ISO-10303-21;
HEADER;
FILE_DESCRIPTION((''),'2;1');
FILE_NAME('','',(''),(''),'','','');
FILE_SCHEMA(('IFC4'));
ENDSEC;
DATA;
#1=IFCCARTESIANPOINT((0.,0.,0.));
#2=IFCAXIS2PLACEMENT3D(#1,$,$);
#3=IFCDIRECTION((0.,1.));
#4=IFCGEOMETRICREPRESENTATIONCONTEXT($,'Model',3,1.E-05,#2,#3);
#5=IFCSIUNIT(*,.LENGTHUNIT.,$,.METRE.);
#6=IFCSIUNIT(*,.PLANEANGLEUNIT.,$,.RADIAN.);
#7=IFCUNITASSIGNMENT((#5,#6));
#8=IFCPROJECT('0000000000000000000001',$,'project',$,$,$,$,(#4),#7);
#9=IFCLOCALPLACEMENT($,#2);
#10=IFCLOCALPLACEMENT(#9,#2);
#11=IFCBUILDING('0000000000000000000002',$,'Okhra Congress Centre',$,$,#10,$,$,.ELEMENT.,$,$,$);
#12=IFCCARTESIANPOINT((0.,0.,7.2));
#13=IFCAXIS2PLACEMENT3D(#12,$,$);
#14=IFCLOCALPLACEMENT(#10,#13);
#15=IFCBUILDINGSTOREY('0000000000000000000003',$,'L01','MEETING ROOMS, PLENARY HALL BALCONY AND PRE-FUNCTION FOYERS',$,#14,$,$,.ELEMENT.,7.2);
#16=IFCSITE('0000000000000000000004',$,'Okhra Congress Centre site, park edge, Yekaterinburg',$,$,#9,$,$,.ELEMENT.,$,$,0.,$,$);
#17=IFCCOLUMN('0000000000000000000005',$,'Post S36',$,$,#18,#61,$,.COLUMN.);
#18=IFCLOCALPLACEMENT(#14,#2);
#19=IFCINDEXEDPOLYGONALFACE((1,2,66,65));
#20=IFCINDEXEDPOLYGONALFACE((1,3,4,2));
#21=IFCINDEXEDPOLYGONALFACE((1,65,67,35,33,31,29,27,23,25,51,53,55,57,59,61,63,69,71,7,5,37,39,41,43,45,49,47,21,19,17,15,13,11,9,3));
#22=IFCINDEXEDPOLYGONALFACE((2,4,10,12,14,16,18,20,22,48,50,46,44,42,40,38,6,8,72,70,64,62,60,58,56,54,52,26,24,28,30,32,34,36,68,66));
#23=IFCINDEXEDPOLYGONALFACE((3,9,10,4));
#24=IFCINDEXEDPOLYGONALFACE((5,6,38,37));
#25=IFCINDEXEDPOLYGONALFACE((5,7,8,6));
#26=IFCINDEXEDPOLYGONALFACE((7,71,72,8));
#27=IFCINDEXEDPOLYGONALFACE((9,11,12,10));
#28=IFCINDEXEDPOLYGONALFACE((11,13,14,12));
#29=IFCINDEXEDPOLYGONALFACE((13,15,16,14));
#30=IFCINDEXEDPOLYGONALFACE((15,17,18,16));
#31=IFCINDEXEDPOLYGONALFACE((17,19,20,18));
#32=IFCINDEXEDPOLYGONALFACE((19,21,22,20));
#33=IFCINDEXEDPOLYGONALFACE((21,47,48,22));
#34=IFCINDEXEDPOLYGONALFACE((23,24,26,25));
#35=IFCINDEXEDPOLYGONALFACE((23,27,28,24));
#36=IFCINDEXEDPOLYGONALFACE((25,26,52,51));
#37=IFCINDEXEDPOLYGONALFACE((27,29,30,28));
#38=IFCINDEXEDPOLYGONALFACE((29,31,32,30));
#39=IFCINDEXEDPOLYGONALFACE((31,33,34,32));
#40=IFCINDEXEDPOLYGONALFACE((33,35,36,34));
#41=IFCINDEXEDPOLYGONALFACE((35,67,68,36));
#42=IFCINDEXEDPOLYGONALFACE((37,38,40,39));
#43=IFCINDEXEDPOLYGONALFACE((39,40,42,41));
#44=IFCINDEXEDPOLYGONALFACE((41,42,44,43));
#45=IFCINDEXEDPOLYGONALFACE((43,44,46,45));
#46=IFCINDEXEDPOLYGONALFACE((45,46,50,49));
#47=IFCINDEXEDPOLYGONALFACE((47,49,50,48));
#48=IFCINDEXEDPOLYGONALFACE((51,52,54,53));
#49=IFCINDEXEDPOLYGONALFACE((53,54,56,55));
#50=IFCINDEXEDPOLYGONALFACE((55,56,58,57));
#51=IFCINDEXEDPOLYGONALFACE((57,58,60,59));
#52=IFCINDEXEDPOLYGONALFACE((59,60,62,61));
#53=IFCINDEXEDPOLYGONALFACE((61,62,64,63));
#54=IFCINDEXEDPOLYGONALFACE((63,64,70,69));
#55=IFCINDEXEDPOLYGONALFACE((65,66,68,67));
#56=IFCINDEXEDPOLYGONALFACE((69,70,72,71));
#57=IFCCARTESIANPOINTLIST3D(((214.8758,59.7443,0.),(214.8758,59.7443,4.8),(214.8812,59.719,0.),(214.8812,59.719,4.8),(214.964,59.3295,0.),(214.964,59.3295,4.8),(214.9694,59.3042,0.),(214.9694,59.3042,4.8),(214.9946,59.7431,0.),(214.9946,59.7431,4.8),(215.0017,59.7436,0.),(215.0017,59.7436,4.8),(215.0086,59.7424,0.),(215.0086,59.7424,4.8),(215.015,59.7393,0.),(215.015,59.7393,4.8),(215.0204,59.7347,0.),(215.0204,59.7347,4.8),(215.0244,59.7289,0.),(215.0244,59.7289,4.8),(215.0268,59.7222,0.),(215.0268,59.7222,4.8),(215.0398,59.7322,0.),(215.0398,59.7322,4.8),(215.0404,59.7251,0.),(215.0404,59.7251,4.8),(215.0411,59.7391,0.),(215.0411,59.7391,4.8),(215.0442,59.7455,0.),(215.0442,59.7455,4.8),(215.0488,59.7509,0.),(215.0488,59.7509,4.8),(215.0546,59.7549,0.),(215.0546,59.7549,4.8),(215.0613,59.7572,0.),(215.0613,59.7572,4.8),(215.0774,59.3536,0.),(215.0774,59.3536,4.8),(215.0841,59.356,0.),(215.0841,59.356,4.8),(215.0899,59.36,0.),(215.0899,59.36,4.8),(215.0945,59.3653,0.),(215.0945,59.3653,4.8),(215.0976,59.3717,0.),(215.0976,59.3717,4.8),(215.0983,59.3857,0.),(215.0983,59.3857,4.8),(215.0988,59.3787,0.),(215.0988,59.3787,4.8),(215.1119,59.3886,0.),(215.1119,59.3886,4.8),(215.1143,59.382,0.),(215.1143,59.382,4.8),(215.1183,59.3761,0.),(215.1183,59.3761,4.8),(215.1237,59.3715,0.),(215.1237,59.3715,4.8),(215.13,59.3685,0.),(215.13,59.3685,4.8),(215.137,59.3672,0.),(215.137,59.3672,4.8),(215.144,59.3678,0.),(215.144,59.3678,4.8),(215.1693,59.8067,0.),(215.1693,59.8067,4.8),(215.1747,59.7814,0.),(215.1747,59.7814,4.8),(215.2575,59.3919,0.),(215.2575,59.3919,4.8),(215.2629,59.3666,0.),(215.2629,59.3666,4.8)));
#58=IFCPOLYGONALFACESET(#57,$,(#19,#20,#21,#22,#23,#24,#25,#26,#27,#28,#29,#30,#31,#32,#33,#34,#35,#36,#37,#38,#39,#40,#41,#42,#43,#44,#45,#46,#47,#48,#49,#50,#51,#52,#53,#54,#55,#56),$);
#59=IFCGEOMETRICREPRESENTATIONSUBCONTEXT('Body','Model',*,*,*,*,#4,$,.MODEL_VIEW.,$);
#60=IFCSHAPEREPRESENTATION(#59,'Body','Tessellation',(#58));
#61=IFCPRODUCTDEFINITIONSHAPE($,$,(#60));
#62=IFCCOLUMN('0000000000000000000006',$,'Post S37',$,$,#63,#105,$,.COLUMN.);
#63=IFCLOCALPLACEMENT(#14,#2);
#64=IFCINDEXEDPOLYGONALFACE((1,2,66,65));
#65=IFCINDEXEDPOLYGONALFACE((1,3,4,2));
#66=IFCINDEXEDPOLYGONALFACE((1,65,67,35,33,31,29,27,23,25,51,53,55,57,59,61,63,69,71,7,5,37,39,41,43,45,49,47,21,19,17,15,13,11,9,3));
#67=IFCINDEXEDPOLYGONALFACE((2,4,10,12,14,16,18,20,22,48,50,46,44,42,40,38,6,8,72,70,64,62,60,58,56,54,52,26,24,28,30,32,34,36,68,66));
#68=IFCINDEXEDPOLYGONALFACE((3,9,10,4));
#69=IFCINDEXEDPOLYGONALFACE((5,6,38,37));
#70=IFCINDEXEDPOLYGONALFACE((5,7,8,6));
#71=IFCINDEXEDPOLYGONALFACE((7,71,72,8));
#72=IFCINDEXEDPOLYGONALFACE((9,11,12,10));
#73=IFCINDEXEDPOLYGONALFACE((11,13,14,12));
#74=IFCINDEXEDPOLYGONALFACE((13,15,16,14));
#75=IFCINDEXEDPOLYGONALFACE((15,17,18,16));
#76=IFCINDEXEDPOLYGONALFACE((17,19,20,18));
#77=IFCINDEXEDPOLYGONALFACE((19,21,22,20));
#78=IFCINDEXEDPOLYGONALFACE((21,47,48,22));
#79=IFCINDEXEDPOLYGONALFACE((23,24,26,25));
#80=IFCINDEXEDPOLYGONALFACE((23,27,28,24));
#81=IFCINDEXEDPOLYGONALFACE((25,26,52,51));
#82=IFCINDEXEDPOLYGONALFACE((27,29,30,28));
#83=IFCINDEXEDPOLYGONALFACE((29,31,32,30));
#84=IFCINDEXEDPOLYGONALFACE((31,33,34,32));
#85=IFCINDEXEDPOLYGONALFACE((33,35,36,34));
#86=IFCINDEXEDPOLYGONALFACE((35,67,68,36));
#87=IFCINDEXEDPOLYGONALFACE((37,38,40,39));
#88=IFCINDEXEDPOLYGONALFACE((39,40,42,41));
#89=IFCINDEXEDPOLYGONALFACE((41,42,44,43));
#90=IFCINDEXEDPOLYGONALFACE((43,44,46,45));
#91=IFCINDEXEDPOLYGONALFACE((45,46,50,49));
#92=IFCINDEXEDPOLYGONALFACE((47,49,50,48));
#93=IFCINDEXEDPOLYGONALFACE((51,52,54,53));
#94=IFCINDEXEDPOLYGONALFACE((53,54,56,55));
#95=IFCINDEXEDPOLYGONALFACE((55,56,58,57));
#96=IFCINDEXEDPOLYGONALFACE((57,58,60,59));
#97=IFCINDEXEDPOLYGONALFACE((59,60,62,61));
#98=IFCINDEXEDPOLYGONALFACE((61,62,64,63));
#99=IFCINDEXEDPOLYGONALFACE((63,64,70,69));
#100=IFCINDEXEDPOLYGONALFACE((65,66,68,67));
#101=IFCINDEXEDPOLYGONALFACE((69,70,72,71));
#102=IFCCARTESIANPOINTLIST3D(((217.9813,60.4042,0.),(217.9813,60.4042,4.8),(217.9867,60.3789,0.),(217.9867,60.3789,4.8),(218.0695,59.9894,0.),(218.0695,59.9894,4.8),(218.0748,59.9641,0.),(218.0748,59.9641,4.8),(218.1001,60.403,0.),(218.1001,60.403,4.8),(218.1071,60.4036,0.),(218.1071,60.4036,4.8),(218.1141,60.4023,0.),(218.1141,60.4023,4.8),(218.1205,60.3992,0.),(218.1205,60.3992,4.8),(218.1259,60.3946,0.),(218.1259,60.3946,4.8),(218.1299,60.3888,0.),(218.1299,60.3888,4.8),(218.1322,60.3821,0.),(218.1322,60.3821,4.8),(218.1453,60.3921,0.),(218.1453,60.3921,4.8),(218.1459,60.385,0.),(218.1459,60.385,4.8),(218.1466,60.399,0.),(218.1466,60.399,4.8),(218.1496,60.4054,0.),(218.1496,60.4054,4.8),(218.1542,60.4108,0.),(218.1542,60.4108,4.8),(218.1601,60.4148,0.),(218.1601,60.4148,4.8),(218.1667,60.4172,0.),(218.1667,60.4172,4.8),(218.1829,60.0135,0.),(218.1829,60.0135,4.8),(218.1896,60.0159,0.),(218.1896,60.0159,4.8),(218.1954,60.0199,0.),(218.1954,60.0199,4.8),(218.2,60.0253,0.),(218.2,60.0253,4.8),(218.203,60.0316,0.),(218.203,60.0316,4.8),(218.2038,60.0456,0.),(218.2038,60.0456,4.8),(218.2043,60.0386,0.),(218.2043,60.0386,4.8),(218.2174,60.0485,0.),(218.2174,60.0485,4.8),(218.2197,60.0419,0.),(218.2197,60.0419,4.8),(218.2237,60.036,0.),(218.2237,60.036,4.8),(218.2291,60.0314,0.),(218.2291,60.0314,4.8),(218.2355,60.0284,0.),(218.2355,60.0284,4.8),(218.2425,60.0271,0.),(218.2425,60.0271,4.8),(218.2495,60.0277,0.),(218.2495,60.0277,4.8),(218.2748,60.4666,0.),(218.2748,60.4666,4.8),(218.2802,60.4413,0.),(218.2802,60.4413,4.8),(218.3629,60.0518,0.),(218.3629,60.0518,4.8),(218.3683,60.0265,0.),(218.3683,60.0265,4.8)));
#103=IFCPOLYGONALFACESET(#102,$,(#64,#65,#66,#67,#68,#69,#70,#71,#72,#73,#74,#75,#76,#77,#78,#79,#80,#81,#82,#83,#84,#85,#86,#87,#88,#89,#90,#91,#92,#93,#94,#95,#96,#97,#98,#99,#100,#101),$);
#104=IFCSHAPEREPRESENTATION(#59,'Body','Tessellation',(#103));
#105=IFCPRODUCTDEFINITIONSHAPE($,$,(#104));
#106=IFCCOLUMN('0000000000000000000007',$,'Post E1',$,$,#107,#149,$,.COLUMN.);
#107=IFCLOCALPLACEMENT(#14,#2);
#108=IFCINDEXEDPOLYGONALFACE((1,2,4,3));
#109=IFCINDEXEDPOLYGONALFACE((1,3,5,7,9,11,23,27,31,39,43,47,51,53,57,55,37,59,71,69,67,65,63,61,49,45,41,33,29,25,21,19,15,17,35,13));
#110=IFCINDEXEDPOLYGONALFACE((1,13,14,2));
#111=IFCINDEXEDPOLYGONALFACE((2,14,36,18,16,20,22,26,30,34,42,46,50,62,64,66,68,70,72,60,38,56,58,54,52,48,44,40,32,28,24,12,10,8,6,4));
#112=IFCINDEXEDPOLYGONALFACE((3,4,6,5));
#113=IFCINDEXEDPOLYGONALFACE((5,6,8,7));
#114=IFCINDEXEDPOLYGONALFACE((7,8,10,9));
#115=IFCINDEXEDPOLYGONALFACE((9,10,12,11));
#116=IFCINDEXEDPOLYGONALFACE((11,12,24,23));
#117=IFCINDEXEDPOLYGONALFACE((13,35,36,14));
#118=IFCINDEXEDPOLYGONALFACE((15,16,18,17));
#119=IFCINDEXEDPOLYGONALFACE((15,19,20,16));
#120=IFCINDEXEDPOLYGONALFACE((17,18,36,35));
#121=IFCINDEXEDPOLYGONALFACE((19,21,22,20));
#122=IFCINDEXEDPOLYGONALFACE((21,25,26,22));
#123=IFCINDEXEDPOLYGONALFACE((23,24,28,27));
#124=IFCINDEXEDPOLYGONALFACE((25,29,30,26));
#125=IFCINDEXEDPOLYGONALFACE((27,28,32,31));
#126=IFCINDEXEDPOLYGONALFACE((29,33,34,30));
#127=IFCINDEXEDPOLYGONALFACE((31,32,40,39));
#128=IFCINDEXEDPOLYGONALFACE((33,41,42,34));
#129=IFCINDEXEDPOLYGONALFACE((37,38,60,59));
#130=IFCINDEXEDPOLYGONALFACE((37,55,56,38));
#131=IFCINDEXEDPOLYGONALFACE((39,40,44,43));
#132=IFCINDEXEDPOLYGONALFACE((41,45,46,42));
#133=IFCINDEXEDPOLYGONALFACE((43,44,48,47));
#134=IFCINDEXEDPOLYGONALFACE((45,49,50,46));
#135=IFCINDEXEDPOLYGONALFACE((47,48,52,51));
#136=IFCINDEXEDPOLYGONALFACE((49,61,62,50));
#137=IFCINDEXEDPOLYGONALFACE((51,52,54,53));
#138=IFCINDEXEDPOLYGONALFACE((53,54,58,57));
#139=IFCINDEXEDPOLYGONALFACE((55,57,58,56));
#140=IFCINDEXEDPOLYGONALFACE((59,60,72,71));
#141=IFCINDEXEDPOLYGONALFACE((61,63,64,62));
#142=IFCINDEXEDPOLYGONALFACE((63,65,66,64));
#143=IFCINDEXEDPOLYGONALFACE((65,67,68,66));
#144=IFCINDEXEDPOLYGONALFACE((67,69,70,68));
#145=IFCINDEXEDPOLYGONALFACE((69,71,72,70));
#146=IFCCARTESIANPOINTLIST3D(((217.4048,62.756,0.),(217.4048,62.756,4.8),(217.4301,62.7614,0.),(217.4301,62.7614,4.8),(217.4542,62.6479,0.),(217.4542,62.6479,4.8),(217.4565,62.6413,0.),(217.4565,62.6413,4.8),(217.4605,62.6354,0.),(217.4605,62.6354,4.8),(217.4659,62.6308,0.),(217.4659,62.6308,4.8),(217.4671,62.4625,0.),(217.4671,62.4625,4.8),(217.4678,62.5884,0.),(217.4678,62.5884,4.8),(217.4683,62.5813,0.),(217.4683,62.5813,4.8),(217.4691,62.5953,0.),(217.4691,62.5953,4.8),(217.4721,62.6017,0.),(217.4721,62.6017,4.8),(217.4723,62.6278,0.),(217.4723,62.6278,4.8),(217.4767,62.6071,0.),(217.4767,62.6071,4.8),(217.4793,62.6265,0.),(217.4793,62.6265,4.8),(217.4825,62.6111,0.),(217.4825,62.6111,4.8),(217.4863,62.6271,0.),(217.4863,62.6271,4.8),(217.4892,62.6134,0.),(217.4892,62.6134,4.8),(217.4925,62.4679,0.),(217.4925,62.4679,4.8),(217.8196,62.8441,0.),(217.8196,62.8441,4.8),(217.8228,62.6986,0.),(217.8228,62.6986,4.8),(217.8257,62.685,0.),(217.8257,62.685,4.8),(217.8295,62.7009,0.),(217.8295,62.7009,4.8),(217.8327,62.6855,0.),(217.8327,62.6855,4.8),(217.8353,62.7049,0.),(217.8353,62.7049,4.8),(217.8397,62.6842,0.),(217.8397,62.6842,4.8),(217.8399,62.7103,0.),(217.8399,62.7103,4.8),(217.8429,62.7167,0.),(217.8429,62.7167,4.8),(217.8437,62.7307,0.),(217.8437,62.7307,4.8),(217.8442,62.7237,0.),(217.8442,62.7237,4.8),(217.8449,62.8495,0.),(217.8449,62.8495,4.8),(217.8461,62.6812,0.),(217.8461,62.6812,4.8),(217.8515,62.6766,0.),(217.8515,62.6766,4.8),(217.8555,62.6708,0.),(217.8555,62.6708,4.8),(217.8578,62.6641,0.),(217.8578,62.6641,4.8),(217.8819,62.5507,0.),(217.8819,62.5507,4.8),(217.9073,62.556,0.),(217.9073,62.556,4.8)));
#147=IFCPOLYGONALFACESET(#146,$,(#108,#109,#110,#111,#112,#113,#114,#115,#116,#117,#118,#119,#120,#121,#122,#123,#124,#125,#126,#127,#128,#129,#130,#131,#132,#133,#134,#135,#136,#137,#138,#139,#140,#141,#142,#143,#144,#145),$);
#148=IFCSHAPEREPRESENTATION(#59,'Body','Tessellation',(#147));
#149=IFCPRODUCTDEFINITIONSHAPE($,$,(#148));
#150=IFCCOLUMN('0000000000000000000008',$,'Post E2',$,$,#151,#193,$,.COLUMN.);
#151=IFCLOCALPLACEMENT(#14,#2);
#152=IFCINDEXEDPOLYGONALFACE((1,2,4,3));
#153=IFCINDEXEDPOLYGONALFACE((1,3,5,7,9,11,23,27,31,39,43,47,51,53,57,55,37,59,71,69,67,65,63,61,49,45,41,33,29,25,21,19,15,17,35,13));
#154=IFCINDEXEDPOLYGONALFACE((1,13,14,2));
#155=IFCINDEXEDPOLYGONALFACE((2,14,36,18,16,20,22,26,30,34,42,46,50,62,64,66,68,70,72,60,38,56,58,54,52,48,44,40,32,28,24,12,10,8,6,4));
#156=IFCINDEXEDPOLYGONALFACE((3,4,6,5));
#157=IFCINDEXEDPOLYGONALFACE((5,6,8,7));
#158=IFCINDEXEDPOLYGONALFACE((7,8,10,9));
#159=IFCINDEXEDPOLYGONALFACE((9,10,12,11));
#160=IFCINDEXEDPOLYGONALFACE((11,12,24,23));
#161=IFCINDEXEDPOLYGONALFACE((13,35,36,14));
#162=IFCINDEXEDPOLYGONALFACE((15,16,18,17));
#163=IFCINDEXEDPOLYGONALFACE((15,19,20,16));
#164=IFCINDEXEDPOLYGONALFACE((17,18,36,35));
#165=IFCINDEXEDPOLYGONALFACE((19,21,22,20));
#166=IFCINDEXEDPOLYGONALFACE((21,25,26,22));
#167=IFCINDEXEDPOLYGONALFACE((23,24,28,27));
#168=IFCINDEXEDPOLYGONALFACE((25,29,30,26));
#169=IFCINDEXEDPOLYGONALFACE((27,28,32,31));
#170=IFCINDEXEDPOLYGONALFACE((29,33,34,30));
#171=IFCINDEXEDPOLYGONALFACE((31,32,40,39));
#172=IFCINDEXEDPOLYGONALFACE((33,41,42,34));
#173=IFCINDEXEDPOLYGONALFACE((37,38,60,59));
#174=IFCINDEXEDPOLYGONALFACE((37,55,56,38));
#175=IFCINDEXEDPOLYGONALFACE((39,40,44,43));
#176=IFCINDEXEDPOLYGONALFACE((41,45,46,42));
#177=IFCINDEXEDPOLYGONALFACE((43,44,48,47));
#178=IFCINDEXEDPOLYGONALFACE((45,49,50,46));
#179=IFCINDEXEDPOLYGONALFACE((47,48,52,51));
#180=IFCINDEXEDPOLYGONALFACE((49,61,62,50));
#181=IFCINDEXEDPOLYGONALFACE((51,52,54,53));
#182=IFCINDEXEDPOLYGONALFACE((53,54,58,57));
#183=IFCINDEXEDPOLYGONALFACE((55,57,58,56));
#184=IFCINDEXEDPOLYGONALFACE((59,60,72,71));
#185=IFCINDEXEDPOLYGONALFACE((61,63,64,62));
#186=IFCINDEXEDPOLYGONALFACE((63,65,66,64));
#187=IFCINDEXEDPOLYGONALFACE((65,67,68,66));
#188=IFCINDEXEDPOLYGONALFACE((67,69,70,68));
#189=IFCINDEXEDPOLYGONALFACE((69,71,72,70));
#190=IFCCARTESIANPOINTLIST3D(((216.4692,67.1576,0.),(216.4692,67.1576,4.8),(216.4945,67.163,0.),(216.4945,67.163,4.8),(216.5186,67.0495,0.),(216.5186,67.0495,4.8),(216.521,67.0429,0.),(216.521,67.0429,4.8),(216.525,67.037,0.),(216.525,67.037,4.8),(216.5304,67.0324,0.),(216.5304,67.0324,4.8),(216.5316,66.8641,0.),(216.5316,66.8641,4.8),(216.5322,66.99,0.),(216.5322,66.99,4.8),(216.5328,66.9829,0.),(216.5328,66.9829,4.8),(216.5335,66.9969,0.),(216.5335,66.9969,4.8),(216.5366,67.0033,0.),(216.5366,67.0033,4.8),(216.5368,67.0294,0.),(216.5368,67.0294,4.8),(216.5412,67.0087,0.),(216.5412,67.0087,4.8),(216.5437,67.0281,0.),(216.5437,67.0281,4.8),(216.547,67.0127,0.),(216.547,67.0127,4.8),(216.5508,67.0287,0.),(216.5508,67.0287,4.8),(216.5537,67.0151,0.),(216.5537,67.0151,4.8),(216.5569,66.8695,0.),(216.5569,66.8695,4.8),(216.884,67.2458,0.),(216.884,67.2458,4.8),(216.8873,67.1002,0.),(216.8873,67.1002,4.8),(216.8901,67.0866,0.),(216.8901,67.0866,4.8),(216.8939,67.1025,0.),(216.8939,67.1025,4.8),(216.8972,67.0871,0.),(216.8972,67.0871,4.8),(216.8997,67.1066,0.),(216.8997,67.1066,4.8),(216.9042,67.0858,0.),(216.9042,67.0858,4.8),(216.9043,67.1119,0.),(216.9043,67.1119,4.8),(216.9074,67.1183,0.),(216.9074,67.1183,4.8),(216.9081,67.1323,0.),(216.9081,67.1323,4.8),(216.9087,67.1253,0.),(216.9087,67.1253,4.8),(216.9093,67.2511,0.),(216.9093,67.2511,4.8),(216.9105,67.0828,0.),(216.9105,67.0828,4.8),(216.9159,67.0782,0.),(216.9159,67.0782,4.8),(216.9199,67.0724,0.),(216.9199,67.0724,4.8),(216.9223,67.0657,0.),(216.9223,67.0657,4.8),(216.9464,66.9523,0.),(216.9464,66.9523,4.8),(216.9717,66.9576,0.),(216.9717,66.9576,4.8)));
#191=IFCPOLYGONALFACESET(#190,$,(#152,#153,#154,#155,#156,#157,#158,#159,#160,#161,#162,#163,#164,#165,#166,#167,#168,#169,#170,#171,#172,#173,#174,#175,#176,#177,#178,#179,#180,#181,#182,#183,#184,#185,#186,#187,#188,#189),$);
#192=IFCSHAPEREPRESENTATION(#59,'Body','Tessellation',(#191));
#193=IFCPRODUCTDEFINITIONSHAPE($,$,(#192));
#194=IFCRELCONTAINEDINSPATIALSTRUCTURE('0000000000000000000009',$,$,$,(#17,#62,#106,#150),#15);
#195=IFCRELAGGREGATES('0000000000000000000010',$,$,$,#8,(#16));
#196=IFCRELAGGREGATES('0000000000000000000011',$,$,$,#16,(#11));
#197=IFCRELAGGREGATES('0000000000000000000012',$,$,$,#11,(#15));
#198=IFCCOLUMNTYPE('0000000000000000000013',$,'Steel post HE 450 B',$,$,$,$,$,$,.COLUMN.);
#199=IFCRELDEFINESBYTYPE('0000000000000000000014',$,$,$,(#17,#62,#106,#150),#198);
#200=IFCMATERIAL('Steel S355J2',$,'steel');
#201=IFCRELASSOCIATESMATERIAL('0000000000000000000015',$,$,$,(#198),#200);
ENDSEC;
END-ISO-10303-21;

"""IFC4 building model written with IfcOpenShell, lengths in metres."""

from ifc_helpers import new_model, si_unit, direction, frame, origin, origin_2d, place, context, subcontext, project, spatial, i_section, extrude, material, material_profile, profile_set, type_object, element, save


model = new_model("IFC4")

# Units and contexts
model_context = context("Model", 3, precision=1e-05, world=origin(), true_north=direction((0.0, 1.0)))
body_context = subcontext(model_context, "Body", "Model", "MODEL_VIEW")
ifc_project = project(units=[si_unit("LENGTHUNIT", "METRE"), si_unit("PLANEANGLEUNIT", "RADIAN")], contexts=[model_context])

# Site, building, storey
site_placement = place(None, origin())
site = spatial("IfcSite", under=ifc_project, at=site_placement, Name="Okhra Congress Centre site, park edge, Yekaterinburg", CompositionType="ELEMENT", RefElevation=0.0)
building_placement = place(site_placement, origin())
building = spatial("IfcBuilding", under=site, at=building_placement, Name="Okhra Congress Centre", CompositionType="ELEMENT")
storey_placement = place(building_placement, frame((0.0, 0.0, 7.2)))
storey = spatial("IfcBuildingStorey", under=building, at=storey_placement, Name="L01", Description="MEETING ROOMS, PLENARY HALL BALCONY AND PRE-FUNCTION FOYERS", CompositionType="ELEMENT", Elevation=7.2)

# Columns
ifc_material_1 = material(Name="Steel S355J2", Category="steel")
ifc_material_profile_1 = material_profile(ifc_material_1, i_section(OverallWidth=0.3, OverallDepth=0.45, WebThickness=0.0139, FlangeThickness=0.0259, FilletRadius=0.0271, at=origin_2d()), Name="HE 450 B")
ifc_profile_set_1 = profile_set([ifc_material_profile_1], Name="Steel S355J2")
column_type = type_object("IfcColumnType", Name="Steel post HE 450 B", PredefinedType="COLUMN", material=ifc_profile_set_1)
for number, where, z_axis, x_axis, name in (
    (1, (215.0693, 59.5554, 0.0), (0.0, 0.0, 1.0), (0.978148, 0.207912, 0.0), "Post S36"),
    (2, (218.1748, 60.2153, 0.0), (0.0, 0.0, 1.0), (0.978148, 0.207912, 0.0), "Post S37"),
    (3, (217.656, 62.656, 0.0), (0.0, 0.0, 1.0), (-0.207912, 0.978148, 0.0), "Post E1"),
    (4, (216.7205, 67.0576, 0.0), (0.0, 0.0, 1.0), (-0.207912, 0.978148, 0.0), "Post E2"),
):
    element("IfcColumn", number, at=place(storey_placement, frame(where, z_axis=z_axis, x_axis=x_axis)), inside=storey, type_object=column_type, Name=name, PredefinedType="COLUMN", context=body_context, shape_type="SweptSolid", body=[
        extrude(i_section(OverallWidth=0.3, OverallDepth=0.45, WebThickness=0.0139, FlangeThickness=0.0259, FilletRadius=0.0271, at=origin_2d()), origin(), (0.0, 0.0, 1.0), 4.8),
    ])

save(model, "model.ifc")
